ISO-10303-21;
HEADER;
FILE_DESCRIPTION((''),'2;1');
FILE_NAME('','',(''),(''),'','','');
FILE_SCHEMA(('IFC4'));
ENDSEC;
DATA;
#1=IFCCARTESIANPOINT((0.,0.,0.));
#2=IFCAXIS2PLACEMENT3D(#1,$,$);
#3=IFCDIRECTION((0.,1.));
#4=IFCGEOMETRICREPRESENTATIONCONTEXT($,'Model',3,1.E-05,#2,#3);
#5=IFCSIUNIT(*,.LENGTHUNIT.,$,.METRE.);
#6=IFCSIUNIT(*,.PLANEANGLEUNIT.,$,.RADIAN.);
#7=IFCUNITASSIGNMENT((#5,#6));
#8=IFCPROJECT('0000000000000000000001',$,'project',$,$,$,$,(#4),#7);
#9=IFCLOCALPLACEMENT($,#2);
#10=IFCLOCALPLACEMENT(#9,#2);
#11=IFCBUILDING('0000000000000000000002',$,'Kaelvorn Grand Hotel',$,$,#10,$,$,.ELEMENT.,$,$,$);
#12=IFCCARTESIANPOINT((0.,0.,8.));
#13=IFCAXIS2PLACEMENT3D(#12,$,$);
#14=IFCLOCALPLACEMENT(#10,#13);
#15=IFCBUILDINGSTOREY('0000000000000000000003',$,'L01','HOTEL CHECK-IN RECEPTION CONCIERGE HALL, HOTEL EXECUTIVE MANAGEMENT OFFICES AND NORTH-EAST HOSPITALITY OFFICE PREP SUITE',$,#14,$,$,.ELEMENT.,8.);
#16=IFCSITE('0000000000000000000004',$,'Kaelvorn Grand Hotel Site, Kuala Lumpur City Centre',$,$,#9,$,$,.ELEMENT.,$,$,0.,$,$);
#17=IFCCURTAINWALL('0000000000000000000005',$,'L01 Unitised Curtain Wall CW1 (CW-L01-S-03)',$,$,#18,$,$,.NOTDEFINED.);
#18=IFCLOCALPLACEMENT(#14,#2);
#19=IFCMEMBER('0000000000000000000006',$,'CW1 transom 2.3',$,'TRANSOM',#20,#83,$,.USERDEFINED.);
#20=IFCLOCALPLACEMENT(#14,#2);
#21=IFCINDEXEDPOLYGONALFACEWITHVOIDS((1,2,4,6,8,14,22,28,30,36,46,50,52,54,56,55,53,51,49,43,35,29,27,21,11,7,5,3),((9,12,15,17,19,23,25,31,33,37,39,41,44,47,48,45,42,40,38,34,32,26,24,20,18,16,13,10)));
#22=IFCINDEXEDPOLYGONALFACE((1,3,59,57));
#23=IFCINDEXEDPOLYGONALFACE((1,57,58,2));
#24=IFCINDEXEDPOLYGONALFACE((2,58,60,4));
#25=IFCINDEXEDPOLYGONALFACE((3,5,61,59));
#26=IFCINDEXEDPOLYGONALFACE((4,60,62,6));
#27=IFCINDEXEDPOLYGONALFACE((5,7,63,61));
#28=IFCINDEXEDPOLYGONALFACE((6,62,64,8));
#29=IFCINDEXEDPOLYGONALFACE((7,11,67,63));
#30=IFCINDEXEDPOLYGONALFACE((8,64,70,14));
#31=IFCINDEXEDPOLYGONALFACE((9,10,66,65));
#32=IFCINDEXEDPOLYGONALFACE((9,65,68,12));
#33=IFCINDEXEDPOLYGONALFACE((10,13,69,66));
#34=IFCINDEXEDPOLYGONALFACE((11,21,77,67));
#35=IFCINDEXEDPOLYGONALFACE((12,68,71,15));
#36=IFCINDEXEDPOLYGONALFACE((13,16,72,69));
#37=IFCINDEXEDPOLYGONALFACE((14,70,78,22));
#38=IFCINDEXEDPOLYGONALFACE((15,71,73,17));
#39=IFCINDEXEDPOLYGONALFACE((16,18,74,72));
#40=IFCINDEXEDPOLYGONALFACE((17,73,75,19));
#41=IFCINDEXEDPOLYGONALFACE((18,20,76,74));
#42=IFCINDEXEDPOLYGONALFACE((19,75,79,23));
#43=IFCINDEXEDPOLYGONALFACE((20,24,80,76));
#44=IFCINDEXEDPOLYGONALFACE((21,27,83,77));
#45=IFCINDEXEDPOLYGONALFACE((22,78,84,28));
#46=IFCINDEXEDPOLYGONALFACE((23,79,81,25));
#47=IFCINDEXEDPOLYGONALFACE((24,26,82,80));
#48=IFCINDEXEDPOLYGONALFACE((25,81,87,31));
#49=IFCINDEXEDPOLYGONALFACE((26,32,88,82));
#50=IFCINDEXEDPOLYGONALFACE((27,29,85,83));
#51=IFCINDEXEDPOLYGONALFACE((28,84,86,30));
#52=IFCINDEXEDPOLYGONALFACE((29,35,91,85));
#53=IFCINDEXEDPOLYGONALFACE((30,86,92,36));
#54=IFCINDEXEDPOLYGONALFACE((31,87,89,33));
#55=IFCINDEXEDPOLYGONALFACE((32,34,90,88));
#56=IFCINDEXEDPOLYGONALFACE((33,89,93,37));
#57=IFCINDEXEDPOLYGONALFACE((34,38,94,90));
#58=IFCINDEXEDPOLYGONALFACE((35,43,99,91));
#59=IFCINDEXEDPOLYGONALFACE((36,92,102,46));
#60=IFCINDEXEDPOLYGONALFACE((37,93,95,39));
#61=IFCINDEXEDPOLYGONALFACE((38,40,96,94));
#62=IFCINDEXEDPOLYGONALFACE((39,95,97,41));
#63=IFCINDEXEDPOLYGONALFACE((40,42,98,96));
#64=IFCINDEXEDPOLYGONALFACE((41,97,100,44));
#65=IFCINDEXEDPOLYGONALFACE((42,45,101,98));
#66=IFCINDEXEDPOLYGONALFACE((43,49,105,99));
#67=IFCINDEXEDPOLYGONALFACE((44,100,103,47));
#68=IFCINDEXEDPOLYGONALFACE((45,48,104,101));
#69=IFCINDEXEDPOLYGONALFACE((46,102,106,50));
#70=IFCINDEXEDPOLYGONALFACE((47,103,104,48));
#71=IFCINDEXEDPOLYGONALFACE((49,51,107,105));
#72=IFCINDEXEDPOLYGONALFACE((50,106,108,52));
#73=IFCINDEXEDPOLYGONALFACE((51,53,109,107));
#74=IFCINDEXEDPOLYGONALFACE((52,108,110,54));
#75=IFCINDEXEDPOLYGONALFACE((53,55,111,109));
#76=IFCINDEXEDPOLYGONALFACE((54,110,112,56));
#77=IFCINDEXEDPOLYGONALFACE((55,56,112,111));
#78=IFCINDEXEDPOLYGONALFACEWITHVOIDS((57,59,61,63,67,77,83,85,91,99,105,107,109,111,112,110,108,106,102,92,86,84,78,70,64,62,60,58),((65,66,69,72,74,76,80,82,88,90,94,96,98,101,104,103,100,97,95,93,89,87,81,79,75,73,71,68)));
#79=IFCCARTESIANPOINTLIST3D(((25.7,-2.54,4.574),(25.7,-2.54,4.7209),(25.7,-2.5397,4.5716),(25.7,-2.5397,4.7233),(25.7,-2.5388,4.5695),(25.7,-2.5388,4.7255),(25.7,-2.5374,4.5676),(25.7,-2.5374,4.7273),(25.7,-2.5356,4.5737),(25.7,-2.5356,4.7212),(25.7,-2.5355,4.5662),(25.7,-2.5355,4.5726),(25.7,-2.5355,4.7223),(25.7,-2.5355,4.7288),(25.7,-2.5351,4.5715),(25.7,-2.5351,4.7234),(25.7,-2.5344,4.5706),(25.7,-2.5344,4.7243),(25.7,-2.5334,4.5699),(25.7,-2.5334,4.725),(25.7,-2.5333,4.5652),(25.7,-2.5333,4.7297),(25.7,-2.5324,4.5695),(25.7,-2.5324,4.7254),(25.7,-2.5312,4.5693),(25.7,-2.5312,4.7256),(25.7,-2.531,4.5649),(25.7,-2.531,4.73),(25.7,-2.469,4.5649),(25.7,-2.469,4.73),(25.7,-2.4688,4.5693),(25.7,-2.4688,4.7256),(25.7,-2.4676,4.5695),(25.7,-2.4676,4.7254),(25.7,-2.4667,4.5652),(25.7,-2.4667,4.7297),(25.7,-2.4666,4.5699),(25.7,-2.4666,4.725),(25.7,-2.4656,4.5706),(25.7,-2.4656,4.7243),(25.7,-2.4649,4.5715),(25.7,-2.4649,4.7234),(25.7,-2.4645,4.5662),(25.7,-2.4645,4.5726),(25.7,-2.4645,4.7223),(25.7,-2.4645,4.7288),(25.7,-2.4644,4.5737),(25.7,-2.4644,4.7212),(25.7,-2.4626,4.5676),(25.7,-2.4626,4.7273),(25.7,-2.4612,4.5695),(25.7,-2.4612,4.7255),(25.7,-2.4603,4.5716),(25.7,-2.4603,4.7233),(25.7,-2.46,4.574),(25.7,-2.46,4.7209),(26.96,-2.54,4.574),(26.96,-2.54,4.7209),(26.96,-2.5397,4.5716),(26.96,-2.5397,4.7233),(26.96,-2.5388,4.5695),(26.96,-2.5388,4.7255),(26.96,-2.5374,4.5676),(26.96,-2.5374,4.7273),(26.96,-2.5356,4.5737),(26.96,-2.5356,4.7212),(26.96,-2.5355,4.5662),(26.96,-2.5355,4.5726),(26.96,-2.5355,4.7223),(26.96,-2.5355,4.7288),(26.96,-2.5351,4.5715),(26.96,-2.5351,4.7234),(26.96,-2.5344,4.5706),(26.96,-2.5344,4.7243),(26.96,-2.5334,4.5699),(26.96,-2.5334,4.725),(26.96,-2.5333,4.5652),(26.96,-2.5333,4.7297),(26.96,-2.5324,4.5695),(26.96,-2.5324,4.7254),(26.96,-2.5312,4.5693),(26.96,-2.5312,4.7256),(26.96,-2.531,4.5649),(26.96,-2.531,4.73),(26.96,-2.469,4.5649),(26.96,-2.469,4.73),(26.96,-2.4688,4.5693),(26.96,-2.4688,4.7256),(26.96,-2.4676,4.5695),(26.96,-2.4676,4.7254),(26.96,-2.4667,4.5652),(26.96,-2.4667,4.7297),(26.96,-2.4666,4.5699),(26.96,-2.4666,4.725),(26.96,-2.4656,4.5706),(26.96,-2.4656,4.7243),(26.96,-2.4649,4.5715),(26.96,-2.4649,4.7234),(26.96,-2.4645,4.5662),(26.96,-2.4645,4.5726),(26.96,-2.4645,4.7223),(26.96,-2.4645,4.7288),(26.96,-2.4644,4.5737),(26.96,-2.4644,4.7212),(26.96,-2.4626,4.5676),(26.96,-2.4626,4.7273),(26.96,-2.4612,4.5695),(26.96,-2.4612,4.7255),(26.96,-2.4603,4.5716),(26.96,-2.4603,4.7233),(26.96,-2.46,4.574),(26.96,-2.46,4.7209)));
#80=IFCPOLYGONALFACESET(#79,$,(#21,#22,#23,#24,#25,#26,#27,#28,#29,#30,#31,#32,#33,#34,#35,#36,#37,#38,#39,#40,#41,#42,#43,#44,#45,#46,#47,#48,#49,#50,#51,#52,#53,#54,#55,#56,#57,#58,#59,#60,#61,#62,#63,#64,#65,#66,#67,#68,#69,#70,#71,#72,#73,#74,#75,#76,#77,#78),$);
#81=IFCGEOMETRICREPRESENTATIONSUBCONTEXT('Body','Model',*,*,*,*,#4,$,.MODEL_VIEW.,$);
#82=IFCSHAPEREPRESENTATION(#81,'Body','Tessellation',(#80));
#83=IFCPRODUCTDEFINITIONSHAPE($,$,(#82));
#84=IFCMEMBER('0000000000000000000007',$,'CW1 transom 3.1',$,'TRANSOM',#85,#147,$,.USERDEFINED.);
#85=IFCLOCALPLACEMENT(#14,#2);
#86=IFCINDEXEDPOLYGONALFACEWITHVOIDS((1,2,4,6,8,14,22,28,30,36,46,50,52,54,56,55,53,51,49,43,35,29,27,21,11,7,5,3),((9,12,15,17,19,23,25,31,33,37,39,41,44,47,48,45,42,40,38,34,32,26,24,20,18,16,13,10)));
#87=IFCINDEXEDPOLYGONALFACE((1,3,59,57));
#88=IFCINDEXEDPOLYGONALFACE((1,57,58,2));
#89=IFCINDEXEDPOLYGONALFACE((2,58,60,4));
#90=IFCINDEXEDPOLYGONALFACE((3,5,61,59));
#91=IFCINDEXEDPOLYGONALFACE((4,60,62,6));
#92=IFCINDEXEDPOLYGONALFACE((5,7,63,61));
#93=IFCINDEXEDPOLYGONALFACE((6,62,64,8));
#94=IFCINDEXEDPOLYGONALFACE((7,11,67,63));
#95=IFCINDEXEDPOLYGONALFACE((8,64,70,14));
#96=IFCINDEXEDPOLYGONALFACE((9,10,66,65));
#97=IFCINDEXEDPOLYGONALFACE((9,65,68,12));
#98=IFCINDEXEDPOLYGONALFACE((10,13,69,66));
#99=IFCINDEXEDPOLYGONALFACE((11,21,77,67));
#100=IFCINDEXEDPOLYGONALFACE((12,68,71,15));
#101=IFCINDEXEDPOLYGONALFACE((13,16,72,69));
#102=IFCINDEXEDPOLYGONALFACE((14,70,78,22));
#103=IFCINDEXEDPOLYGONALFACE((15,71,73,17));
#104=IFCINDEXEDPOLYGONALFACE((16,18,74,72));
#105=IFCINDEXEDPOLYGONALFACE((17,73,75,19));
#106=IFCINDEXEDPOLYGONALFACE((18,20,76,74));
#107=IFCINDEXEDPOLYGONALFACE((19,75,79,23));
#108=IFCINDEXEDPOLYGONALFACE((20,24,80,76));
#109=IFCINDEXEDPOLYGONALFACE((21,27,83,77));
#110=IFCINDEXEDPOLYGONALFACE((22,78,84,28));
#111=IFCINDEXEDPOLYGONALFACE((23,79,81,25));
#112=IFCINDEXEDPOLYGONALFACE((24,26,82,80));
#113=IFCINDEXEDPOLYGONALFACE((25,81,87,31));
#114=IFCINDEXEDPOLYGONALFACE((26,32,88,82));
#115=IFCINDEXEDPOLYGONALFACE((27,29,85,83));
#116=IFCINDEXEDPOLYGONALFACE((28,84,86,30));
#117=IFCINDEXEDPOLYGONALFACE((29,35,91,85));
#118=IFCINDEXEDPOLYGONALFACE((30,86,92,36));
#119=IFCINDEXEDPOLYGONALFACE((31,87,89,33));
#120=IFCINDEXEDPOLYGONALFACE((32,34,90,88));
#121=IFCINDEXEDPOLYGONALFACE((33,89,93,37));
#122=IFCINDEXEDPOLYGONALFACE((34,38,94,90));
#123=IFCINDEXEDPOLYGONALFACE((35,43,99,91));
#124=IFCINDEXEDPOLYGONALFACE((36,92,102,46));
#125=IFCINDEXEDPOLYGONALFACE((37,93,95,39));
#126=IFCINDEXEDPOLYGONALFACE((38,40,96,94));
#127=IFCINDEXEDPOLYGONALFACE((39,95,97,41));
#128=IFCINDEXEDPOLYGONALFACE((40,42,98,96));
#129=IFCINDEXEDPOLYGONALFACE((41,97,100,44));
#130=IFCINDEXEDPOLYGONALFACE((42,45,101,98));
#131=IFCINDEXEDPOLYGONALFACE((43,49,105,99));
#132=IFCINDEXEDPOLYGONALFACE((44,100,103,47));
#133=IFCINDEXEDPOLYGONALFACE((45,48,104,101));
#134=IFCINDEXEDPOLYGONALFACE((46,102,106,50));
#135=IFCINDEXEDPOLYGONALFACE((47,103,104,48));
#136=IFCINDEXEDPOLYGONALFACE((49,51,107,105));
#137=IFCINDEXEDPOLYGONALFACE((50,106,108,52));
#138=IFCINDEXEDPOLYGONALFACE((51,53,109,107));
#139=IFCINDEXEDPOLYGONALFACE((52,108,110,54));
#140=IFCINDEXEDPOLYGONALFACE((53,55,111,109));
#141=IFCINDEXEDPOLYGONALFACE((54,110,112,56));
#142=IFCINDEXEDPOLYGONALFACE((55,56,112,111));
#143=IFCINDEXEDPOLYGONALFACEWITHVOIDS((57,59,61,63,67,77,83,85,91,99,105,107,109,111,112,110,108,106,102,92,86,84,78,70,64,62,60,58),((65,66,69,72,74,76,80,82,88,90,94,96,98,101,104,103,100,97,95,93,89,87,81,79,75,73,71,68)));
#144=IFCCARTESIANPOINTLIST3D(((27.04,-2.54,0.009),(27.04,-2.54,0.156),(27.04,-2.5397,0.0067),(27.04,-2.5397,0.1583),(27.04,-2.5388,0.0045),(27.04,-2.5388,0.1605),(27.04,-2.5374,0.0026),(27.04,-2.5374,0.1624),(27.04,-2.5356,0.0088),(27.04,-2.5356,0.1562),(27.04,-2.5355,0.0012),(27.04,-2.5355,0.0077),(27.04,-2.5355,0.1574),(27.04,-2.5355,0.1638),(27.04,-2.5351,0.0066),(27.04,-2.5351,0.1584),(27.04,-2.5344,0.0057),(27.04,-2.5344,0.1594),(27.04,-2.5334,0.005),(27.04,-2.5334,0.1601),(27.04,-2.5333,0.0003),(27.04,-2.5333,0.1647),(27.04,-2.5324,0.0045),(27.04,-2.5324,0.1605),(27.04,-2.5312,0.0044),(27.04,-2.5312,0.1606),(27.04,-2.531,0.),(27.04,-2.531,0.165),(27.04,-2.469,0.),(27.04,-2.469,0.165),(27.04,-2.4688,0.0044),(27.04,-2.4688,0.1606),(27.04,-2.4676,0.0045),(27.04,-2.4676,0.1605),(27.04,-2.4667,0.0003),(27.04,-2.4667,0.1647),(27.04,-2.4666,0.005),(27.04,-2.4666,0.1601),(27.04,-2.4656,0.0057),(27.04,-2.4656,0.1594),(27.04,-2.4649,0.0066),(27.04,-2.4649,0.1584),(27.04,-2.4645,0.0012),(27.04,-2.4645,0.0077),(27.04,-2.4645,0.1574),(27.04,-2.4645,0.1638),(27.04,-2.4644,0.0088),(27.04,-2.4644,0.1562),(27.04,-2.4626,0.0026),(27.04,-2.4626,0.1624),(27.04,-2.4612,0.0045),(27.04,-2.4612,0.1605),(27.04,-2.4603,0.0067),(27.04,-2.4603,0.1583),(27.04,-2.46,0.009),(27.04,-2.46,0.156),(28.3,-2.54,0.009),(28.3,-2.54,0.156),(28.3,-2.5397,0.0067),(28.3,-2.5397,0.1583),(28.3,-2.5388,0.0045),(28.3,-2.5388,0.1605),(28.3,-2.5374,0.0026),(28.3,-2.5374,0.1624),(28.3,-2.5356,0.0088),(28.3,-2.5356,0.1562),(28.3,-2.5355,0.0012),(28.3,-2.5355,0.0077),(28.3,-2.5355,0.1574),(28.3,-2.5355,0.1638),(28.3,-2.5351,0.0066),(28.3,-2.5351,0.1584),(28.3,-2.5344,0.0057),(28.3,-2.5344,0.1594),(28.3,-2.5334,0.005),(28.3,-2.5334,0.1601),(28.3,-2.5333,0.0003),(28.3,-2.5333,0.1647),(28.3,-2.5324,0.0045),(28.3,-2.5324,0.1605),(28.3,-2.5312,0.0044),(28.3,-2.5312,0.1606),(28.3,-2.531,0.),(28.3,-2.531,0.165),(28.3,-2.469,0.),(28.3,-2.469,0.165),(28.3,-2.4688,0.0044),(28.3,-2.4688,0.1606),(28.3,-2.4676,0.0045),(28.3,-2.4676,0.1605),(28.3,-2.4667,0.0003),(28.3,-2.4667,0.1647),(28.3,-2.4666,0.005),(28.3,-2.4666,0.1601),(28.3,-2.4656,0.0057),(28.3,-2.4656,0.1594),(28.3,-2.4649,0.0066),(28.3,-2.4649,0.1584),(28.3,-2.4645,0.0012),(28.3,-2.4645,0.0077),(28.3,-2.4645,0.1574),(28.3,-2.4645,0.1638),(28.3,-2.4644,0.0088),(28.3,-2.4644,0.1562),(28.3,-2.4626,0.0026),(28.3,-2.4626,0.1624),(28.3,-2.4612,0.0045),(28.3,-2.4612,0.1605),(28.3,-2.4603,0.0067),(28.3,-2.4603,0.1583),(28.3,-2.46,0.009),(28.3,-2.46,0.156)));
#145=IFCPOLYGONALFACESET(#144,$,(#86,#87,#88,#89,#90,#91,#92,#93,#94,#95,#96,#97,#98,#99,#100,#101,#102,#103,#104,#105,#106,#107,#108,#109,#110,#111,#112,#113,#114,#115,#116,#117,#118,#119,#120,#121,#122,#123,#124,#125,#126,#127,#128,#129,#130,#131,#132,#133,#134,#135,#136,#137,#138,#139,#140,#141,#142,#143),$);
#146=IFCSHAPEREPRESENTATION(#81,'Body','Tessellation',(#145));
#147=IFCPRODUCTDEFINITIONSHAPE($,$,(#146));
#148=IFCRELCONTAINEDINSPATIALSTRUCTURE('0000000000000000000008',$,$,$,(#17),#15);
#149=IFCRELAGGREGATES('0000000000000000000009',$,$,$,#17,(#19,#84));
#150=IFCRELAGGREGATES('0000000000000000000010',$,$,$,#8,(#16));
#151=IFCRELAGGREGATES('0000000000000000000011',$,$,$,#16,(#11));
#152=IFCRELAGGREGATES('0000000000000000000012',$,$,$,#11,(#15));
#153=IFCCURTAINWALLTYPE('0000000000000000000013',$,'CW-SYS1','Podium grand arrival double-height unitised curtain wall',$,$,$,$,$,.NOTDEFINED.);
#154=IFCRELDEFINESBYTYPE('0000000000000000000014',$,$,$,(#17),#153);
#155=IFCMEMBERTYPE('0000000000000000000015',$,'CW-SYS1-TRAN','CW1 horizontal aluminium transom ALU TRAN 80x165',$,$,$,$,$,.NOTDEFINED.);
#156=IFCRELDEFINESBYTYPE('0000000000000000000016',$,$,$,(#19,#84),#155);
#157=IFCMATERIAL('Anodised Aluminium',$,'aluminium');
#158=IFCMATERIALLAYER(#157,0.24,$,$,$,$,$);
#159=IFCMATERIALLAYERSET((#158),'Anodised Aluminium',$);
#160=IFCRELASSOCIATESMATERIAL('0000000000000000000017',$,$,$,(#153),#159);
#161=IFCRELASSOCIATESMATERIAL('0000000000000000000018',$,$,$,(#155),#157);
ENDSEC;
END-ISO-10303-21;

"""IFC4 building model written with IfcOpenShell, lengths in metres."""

from ifc_helpers import new_model, si_unit, direction, frame, origin, origin_2d, place, context, subcontext, project, spatial, hollow_rectangle, extrude, material, layer, layer_set, material_profile, profile_set, type_object, element, aggregate, save


model = new_model("IFC4")

# Units and contexts
model_context = context("Model", 3, precision=1e-05, world=origin(), true_north=direction((0.0, 1.0)))
body_context = subcontext(model_context, "Body", "Model", "MODEL_VIEW")
ifc_project = project(units=[si_unit("LENGTHUNIT", "METRE"), si_unit("PLANEANGLEUNIT", "RADIAN")], contexts=[model_context])

# Site, building, storey
site_placement = place(None, origin())
site = spatial("IfcSite", under=ifc_project, at=site_placement, Name="Kaelvorn Grand Hotel Site, Kuala Lumpur City Centre", CompositionType="ELEMENT", RefElevation=0.0)
building_placement = place(site_placement, origin())
building = spatial("IfcBuilding", under=site, at=building_placement, Name="Kaelvorn Grand Hotel", CompositionType="ELEMENT")
storey_placement = place(building_placement, frame((0.0, 0.0, 8.0)))
storey = spatial("IfcBuildingStorey", under=building, at=storey_placement, Name="L01", Description="HOTEL CHECK-IN RECEPTION CONCIERGE HALL, HOTEL EXECUTIVE MANAGEMENT OFFICES AND NORTH-EAST HOSPITALITY OFFICE PREP SUITE", CompositionType="ELEMENT", Elevation=8.0)

# Curtain wall
ifc_material_1 = material(Name="Anodised Aluminium", Category="aluminium")
ifc_layer_1 = layer(ifc_material_1, 0.24)
ifc_layer_set_1 = layer_set([ifc_layer_1], Name="Anodised Aluminium")
curtain_wall_type = type_object("IfcCurtainWallType", Name="CW-SYS1", Description="Podium grand arrival double-height unitised curtain wall", PredefinedType="NOTDEFINED", material=ifc_layer_set_1)
curtain_wall_1_placement = place(storey_placement, origin())
curtain_wall_1 = element("IfcCurtainWall", 1, at=curtain_wall_1_placement, inside=storey, type_object=curtain_wall_type, Name="L01 Unitised Curtain Wall CW1 (CW-L01-S-03)", PredefinedType="NOTDEFINED")

# Members
ifc_material_profile_1 = material_profile(ifc_material_1, hollow_rectangle(XDim=0.0801, YDim=0.165, WallThickness=0.0044, InnerFilletRadius=0.0044, OuterFilletRadius=0.009, at=origin_2d()), Name="ALU TRAN 80x165")
ifc_profile_set_1 = profile_set([ifc_material_profile_1], Name="Anodised Aluminium")
member_type_1 = type_object("IfcMemberType", Name="CW-SYS1-TRAN", Description="CW1 horizontal aluminium transom ALU TRAN 80x165", PredefinedType="NOTDEFINED", material=ifc_profile_set_1)
member_1_placement = place(storey_placement, frame((25.7, -2.5, 4.6475), z_axis=(1.0, 0.0, 0.0), x_axis=(0.0, 1.0, 0.0)))
member_1 = element("IfcMember", 2, at=member_1_placement, type_object=member_type_1, Name="CW1 transom 2.3", ObjectType="TRANSOM", PredefinedType="USERDEFINED", context=body_context, shape_type="SweptSolid", body=[
    extrude(hollow_rectangle(XDim=0.0801, YDim=0.165, WallThickness=0.0044, InnerFilletRadius=0.0044, OuterFilletRadius=0.009, at=origin_2d()), origin(), (0.0, 0.0, 1.0), 1.26),
])
member_2_placement = place(storey_placement, frame((27.04, -2.5, 0.0825), z_axis=(1.0, 0.0, 0.0), x_axis=(0.0, 1.0, 0.0)))
member_2 = element("IfcMember", 3, at=member_2_placement, type_object=member_type_1, Name="CW1 transom 3.1", ObjectType="TRANSOM", PredefinedType="USERDEFINED", context=body_context, shape_type="SweptSolid", body=[
    extrude(hollow_rectangle(XDim=0.0801, YDim=0.165, WallThickness=0.0044, InnerFilletRadius=0.0044, OuterFilletRadius=0.009, at=origin_2d()), origin(), (0.0, 0.0, 1.0), 1.26),
])

aggregate(curtain_wall_1, [member_1, member_2])

save(model, "model.ifc")
